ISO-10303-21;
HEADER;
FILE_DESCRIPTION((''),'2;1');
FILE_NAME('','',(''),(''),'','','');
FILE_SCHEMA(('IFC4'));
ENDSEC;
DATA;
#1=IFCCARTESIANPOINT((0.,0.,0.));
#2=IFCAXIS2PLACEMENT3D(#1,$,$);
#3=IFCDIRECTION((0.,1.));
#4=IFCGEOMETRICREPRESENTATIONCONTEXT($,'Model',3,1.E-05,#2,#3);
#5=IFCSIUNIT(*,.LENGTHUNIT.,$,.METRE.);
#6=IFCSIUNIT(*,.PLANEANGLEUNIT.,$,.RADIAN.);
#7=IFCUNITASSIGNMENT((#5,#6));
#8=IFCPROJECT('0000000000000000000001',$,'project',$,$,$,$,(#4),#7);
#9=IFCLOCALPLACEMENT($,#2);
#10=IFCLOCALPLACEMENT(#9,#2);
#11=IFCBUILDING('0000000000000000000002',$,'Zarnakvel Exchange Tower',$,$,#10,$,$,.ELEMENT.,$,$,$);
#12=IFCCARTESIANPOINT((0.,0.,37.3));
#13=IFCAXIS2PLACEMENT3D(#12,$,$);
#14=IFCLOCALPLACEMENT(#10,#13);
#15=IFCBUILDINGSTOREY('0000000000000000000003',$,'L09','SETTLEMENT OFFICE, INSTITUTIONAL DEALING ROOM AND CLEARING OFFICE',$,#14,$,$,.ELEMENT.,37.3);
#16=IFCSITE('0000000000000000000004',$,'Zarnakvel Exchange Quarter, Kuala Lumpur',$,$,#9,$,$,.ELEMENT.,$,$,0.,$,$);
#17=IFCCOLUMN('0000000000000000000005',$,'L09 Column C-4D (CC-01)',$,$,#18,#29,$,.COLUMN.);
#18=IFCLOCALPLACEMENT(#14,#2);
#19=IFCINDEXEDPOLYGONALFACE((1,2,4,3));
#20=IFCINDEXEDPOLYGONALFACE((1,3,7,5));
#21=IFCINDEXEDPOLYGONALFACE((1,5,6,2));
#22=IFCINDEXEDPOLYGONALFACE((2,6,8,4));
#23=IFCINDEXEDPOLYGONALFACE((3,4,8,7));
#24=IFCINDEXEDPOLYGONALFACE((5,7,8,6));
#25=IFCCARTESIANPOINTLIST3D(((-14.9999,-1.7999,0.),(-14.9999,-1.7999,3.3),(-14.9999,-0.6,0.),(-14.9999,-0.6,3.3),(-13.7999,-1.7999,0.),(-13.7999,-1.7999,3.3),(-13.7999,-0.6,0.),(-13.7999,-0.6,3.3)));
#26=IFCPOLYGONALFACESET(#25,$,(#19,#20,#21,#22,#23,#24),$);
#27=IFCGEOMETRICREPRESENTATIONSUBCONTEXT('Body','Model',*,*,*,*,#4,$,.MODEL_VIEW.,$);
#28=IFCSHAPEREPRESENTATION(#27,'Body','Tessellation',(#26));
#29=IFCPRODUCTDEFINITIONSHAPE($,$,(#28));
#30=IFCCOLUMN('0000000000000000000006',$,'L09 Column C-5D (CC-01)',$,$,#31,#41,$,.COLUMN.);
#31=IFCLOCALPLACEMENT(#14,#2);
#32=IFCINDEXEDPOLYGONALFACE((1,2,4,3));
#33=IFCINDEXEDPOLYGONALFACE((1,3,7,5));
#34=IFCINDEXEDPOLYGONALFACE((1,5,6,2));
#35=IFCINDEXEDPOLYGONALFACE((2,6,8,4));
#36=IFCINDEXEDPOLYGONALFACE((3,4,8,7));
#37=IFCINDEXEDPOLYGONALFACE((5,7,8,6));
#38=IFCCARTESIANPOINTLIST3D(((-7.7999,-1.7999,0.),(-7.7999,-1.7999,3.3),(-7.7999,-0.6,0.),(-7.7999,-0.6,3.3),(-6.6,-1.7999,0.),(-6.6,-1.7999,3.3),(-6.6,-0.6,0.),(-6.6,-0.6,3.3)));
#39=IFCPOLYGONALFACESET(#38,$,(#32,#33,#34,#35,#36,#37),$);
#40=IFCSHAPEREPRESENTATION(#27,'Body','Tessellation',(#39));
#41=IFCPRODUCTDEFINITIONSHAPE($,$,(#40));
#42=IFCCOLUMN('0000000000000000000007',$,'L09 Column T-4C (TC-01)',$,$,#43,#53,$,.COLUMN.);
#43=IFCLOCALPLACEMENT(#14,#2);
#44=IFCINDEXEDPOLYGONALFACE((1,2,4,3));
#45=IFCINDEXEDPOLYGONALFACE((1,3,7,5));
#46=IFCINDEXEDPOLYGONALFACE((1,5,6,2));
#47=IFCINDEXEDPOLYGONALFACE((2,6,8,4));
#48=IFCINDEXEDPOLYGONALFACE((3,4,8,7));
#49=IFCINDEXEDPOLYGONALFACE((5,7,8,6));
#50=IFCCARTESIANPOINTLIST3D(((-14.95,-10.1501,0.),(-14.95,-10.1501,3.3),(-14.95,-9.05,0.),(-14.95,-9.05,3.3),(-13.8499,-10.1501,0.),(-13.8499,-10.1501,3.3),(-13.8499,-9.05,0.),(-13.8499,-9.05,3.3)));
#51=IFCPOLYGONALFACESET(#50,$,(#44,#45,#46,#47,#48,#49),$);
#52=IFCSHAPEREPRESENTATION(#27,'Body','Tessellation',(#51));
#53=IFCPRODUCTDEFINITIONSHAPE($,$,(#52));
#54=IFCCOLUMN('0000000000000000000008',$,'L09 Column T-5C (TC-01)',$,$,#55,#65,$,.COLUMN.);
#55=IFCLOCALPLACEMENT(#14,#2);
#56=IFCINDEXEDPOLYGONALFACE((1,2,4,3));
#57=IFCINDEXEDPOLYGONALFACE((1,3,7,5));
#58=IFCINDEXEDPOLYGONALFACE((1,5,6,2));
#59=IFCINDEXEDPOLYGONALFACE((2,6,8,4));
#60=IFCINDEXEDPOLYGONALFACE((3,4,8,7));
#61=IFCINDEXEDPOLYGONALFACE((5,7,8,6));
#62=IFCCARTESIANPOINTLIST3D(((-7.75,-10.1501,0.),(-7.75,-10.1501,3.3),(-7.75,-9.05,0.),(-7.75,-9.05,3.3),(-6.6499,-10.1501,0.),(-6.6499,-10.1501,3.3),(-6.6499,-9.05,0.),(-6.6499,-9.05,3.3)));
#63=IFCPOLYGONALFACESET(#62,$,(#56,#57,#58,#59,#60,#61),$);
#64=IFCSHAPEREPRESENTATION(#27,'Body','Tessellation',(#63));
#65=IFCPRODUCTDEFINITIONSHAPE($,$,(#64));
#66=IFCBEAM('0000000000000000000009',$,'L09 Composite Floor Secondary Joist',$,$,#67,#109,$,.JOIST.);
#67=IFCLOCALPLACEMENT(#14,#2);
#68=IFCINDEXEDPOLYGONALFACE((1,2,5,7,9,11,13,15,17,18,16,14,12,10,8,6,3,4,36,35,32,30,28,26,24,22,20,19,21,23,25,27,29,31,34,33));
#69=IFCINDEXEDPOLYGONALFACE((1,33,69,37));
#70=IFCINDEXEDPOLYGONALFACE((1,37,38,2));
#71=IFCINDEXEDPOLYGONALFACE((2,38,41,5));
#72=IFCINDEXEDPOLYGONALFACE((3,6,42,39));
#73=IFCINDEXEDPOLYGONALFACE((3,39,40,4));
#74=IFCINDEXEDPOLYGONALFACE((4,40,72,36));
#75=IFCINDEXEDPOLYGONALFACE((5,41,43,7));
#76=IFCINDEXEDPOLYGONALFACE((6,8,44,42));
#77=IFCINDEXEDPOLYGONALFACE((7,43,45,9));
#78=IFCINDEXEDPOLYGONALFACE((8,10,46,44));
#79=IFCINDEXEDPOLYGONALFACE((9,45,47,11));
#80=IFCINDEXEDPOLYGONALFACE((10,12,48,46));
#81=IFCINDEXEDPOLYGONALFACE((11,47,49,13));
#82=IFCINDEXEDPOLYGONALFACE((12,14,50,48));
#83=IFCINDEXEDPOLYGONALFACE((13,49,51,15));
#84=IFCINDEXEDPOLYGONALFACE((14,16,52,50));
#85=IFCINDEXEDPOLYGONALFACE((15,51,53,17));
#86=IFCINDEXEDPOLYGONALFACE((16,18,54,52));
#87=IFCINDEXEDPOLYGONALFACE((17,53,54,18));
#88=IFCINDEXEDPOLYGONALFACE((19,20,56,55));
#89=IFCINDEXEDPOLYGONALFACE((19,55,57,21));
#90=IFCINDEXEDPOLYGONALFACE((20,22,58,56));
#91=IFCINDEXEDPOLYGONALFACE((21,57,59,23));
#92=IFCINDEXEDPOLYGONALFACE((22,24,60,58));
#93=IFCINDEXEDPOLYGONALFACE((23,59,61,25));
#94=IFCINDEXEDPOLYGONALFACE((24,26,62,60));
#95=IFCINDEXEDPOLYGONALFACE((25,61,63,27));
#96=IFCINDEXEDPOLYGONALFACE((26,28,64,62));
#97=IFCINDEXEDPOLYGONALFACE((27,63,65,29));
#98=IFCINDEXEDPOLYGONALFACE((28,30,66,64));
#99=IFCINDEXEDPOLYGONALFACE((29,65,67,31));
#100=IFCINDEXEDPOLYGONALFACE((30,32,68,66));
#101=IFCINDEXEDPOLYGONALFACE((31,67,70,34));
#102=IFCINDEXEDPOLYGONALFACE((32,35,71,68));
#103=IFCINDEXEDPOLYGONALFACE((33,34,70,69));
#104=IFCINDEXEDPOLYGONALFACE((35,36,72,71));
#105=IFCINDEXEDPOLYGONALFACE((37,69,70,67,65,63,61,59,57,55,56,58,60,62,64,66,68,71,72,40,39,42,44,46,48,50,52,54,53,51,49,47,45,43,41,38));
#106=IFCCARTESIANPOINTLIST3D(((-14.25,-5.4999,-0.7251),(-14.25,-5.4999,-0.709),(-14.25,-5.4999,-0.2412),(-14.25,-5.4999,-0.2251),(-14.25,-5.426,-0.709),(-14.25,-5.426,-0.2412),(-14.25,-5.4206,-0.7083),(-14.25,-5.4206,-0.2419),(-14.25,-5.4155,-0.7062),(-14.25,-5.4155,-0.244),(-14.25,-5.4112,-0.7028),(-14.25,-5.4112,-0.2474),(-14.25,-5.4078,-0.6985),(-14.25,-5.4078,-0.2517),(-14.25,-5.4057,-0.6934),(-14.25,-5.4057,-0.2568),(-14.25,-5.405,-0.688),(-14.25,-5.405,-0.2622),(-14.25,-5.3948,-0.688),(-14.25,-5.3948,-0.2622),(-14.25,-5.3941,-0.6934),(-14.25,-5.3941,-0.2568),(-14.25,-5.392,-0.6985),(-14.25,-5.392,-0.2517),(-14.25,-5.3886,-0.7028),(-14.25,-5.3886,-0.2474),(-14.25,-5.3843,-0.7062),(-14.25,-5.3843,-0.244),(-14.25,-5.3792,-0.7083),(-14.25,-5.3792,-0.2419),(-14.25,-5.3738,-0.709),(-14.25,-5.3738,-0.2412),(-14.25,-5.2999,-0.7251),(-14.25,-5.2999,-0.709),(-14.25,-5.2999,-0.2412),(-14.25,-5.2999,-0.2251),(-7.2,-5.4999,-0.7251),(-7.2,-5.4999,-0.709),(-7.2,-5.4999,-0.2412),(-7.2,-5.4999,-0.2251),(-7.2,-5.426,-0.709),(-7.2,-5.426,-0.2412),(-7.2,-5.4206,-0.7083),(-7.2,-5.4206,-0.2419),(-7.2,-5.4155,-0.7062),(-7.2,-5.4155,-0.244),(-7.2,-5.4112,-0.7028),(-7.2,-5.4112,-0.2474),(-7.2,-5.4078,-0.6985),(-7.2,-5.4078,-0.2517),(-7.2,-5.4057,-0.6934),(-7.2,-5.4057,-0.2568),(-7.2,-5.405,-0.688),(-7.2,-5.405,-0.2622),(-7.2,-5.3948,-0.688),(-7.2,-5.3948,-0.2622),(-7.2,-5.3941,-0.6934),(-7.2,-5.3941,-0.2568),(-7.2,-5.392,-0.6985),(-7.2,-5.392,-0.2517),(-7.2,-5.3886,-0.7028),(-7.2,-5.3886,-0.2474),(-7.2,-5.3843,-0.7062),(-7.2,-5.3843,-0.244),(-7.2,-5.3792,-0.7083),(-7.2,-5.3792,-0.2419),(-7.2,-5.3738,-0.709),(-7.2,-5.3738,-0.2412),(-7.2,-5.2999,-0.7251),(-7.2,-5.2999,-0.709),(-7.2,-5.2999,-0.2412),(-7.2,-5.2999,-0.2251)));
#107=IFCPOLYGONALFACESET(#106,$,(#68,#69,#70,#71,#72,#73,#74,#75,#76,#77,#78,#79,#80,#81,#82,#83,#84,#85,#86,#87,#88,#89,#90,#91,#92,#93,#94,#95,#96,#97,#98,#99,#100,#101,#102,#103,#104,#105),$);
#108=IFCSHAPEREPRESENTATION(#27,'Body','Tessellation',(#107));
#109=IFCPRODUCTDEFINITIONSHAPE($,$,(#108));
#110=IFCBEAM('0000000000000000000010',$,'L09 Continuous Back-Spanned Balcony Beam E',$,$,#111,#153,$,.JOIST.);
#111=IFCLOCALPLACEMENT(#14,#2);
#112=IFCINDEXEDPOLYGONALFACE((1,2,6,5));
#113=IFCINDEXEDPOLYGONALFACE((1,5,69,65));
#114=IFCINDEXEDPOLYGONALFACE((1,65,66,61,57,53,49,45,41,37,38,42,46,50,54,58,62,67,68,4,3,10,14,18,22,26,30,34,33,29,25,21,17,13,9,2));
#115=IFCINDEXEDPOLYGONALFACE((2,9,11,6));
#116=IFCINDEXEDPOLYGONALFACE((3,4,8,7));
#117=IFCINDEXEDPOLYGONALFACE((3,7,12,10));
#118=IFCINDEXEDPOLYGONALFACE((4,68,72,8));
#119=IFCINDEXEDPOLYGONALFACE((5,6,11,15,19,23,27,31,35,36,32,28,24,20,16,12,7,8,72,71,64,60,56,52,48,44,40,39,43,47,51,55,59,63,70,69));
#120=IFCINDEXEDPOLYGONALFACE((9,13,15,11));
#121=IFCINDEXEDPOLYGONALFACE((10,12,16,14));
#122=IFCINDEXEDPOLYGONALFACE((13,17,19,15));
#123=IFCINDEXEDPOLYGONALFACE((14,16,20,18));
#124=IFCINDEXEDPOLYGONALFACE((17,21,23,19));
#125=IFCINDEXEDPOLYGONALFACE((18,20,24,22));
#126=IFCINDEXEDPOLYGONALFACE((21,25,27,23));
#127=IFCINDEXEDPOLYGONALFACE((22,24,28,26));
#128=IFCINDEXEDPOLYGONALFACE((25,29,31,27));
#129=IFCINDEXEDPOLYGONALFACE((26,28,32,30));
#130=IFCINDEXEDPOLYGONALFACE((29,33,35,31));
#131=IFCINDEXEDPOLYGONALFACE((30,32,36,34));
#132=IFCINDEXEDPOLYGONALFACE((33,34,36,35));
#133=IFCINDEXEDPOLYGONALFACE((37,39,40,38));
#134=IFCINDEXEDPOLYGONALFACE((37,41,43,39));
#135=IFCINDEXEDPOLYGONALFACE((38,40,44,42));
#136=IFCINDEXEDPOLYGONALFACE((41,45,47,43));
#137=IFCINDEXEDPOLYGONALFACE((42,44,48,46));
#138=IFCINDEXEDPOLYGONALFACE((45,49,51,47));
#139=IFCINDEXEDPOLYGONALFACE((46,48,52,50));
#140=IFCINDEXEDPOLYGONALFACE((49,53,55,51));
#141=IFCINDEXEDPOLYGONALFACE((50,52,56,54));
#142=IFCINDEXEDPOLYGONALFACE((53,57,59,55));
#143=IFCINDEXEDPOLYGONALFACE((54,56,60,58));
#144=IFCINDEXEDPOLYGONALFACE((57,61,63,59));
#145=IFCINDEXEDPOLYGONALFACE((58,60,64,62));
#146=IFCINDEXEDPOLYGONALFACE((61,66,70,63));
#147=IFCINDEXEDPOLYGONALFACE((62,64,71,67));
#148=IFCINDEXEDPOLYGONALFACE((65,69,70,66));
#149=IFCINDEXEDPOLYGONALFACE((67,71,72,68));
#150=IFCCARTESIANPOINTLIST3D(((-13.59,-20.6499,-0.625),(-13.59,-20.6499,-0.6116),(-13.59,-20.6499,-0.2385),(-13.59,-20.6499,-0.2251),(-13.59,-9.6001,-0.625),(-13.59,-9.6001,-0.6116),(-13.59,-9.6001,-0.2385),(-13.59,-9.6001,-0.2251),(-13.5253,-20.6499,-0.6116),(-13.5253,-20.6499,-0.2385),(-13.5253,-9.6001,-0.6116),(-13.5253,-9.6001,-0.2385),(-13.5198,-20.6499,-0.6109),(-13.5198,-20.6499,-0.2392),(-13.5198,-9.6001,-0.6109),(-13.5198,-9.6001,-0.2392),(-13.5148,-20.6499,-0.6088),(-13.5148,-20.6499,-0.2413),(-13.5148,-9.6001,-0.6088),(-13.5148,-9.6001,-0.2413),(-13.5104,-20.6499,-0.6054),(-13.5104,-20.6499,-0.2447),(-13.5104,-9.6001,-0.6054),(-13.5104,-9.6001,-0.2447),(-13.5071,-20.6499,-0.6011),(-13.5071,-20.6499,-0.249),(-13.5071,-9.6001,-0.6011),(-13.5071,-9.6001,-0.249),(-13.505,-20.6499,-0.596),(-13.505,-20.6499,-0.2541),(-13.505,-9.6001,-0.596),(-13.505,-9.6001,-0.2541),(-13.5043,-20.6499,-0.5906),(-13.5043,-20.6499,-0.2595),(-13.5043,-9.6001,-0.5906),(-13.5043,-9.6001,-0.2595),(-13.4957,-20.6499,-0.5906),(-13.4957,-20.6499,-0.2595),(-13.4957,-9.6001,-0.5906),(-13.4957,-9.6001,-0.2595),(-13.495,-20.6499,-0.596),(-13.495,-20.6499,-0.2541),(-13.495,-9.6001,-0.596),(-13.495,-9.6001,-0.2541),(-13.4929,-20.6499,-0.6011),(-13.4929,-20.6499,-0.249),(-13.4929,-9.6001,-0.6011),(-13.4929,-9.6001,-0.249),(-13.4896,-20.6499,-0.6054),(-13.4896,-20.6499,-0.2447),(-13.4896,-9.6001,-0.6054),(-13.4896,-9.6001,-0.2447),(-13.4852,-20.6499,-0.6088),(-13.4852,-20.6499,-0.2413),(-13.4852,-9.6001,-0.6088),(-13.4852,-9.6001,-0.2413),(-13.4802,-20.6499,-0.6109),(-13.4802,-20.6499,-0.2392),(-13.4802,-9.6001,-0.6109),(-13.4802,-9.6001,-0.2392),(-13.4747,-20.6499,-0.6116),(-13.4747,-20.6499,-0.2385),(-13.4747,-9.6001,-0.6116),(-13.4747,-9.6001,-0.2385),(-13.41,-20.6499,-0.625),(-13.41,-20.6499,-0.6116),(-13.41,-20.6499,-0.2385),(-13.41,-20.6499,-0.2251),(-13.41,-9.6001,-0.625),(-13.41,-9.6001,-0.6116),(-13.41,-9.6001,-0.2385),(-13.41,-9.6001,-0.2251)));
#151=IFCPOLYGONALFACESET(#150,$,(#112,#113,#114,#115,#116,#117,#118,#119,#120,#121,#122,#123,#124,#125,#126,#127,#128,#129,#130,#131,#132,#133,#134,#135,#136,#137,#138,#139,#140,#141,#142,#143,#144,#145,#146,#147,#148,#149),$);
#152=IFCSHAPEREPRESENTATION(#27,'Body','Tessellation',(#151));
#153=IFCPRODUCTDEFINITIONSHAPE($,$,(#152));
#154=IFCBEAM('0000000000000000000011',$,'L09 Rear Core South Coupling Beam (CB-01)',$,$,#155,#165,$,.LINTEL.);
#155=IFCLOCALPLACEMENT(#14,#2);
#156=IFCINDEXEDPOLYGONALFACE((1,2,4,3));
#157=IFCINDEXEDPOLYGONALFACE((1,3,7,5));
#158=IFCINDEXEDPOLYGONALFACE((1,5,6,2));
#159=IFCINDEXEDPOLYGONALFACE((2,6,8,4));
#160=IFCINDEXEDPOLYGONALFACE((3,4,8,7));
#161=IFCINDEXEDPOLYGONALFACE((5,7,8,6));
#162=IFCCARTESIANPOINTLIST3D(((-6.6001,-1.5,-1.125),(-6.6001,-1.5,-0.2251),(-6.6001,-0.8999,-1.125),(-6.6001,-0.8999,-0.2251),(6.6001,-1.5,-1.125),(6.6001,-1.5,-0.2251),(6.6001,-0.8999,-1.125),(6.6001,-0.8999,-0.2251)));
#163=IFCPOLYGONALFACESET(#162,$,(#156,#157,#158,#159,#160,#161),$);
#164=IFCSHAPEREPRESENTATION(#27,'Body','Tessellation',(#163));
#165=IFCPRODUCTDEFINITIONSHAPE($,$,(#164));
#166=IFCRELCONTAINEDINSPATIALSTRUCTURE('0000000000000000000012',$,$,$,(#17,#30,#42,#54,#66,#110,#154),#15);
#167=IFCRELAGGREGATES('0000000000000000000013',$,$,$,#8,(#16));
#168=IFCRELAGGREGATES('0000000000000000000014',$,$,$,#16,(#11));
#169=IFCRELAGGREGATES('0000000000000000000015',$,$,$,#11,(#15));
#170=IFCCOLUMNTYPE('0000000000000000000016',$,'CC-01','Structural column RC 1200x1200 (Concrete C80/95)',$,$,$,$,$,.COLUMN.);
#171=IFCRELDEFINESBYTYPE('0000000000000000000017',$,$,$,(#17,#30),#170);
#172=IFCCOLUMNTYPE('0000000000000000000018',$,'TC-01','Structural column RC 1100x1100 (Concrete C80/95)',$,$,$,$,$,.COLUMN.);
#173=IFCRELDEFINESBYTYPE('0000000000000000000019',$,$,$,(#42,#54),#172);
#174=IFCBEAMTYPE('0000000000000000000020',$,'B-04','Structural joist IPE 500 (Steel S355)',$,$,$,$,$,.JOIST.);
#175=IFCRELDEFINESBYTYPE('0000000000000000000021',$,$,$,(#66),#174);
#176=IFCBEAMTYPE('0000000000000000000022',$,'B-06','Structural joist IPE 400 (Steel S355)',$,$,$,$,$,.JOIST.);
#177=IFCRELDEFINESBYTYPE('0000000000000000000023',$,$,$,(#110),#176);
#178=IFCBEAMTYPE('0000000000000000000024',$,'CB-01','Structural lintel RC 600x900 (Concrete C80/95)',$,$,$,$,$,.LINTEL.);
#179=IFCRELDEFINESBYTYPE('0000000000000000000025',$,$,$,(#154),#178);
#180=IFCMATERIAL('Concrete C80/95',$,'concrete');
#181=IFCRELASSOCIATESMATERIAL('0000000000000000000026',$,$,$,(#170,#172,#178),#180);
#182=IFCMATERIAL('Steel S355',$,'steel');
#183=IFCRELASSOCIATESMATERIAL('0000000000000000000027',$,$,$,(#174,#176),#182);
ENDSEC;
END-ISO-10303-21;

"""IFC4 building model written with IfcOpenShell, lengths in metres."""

from ifc_helpers import new_model, si_unit, direction, frame, origin, origin_2d, place, context, subcontext, project, spatial, rectangle, i_section, extrude, material, material_profile, profile_set, type_object, element, save


model = new_model("IFC4")

# Units and contexts
model_context = context("Model", 3, precision=1e-05, world=origin(), true_north=direction((0.0, 1.0)))
body_context = subcontext(model_context, "Body", "Model", "MODEL_VIEW")
ifc_project = project(units=[si_unit("LENGTHUNIT", "METRE"), si_unit("PLANEANGLEUNIT", "RADIAN")], contexts=[model_context])

# Site, building, storey
site_placement = place(None, origin())
site = spatial("IfcSite", under=ifc_project, at=site_placement, Name="Zarnakvel Exchange Quarter, Kuala Lumpur", CompositionType="ELEMENT", RefElevation=0.0)
building_placement = place(site_placement, origin())
building = spatial("IfcBuilding", under=site, at=building_placement, Name="Zarnakvel Exchange Tower", CompositionType="ELEMENT")
storey_placement = place(building_placement, frame((0.0, 0.0, 37.3)))
storey = spatial("IfcBuildingStorey", under=building, at=storey_placement, Name="L09", Description="SETTLEMENT OFFICE, INSTITUTIONAL DEALING ROOM AND CLEARING OFFICE", CompositionType="ELEMENT", Elevation=37.3)

# Columns
ifc_material_1 = material(Name="Concrete C80/95", Category="concrete")
ifc_material_profile_1 = material_profile(ifc_material_1, rectangle(XDim=1.2, YDim=1.2, at=origin_2d()))
ifc_profile_set_1 = profile_set([ifc_material_profile_1], Name="Concrete C80/95")
column_type_1 = type_object("IfcColumnType", Name="CC-01", Description="Structural column RC 1200x1200 (Concrete C80/95)", PredefinedType="COLUMN", material=ifc_profile_set_1)
for number, where, z_axis, x_axis, name in (
    (1, (-14.3999, -1.2, 0.0), (0.0, 0.0, 1.0), (1.0, 0.0, 0.0), "L09 Column C-4D (CC-01)"),
    (2, (-7.2, -1.2, 0.0), (0.0, 0.0, 1.0), (1.0, 0.0, 0.0), "L09 Column C-5D (CC-01)"),
):
    element("IfcColumn", number, at=place(storey_placement, frame(where, z_axis=z_axis, x_axis=x_axis)), inside=storey, type_object=column_type_1, Name=name, PredefinedType="COLUMN", context=body_context, shape_type="SweptSolid", body=[
        extrude(rectangle(XDim=1.2, YDim=1.2, at=origin_2d()), origin(), (0.0, 0.0, 1.0), 3.3),
    ])
ifc_material_profile_2 = material_profile(ifc_material_1, rectangle(XDim=1.1001, YDim=1.1001, at=origin_2d()))
ifc_profile_set_2 = profile_set([ifc_material_profile_2], Name="Concrete C80/95")
column_type_2 = type_object("IfcColumnType", Name="TC-01", Description="Structural column RC 1100x1100 (Concrete C80/95)", PredefinedType="COLUMN", material=ifc_profile_set_2)
for number, where, z_axis, x_axis, name in (
    (3, (-14.3999, -9.6001, 0.0), (0.0, 0.0, 1.0), (1.0, 0.0, 0.0), "L09 Column T-4C (TC-01)"),
    (4, (-7.2, -9.6001, 0.0), (0.0, 0.0, 1.0), (1.0, 0.0, 0.0), "L09 Column T-5C (TC-01)"),
):
    element("IfcColumn", number, at=place(storey_placement, frame(where, z_axis=z_axis, x_axis=x_axis)), inside=storey, type_object=column_type_2, Name=name, PredefinedType="COLUMN", context=body_context, shape_type="SweptSolid", body=[
        extrude(rectangle(XDim=1.1001, YDim=1.1001, at=origin_2d()), origin(), (0.0, 0.0, 1.0), 3.3),
    ])

# Beams
ifc_material_2 = material(Name="Steel S355", Category="steel")
ifc_material_profile_3 = material_profile(ifc_material_2, i_section(OverallWidth=0.2, OverallDepth=0.5, WebThickness=0.0103, FlangeThickness=0.0161, FilletRadius=0.021, at=origin_2d()))
ifc_profile_set_3 = profile_set([ifc_material_profile_3], Name="Steel S355")
beam_type_1 = type_object("IfcBeamType", Name="B-04", Description="Structural joist IPE 500 (Steel S355)", PredefinedType="JOIST", material=ifc_profile_set_3)
beam_1_placement = place(storey_placement, frame((-14.25, -5.3999, -0.4751), z_axis=(1.0, 0.0, 0.0), x_axis=(0.0, 1.0, 0.0)))
element("IfcBeam", 5, at=beam_1_placement, inside=storey, type_object=beam_type_1, Name="L09 Composite Floor Secondary Joist", PredefinedType="JOIST", context=body_context, shape_type="SweptSolid", body=[
    extrude(i_section(OverallWidth=0.2, OverallDepth=0.5, WebThickness=0.0103, FlangeThickness=0.0161, FilletRadius=0.021, at=origin_2d()), origin(), (0.0, 0.0, 1.0), 7.05),
])
ifc_material_profile_4 = material_profile(ifc_material_2, i_section(OverallWidth=0.1799, OverallDepth=0.3999, WebThickness=0.0085, FlangeThickness=0.0134, FilletRadius=0.021, at=origin_2d()))
ifc_profile_set_4 = profile_set([ifc_material_profile_4], Name="Steel S355")
beam_type_2 = type_object("IfcBeamType", Name="B-06", Description="Structural joist IPE 400 (Steel S355)", PredefinedType="JOIST", material=ifc_profile_set_4)
beam_2_placement = place(storey_placement, frame((-13.5, -9.6001, -0.425), z_axis=(0.0, -1.0, 0.0), x_axis=(1.0, 0.0, 0.0)))
element("IfcBeam", 6, at=beam_2_placement, inside=storey, type_object=beam_type_2, Name="L09 Continuous Back-Spanned Balcony Beam E", PredefinedType="JOIST", context=body_context, shape_type="SweptSolid", body=[
    extrude(i_section(OverallWidth=0.1799, OverallDepth=0.3999, WebThickness=0.0085, FlangeThickness=0.0134, FilletRadius=0.021, at=origin_2d()), origin(), (0.0, 0.0, 1.0), 11.0498),
])
ifc_material_profile_5 = material_profile(ifc_material_1, rectangle(XDim=0.6001, YDim=0.8999, at=origin_2d()))
ifc_profile_set_5 = profile_set([ifc_material_profile_5], Name="Concrete C80/95")
beam_type_3 = type_object("IfcBeamType", Name="CB-01", Description="Structural lintel RC 600x900 (Concrete C80/95)", PredefinedType="LINTEL", material=ifc_profile_set_5)
beam_3_placement = place(storey_placement, frame((-6.6001, -1.2, -0.675), z_axis=(1.0, 0.0, 0.0), x_axis=(0.0, 1.0, 0.0)))
element("IfcBeam", 7, at=beam_3_placement, inside=storey, type_object=beam_type_3, Name="L09 Rear Core South Coupling Beam (CB-01)", PredefinedType="LINTEL", context=body_context, shape_type="SweptSolid", body=[
    extrude(rectangle(XDim=0.6001, YDim=0.8999, at=origin_2d()), origin(), (0.0, 0.0, 1.0), 13.2002),
])

save(model, "model.ifc")
